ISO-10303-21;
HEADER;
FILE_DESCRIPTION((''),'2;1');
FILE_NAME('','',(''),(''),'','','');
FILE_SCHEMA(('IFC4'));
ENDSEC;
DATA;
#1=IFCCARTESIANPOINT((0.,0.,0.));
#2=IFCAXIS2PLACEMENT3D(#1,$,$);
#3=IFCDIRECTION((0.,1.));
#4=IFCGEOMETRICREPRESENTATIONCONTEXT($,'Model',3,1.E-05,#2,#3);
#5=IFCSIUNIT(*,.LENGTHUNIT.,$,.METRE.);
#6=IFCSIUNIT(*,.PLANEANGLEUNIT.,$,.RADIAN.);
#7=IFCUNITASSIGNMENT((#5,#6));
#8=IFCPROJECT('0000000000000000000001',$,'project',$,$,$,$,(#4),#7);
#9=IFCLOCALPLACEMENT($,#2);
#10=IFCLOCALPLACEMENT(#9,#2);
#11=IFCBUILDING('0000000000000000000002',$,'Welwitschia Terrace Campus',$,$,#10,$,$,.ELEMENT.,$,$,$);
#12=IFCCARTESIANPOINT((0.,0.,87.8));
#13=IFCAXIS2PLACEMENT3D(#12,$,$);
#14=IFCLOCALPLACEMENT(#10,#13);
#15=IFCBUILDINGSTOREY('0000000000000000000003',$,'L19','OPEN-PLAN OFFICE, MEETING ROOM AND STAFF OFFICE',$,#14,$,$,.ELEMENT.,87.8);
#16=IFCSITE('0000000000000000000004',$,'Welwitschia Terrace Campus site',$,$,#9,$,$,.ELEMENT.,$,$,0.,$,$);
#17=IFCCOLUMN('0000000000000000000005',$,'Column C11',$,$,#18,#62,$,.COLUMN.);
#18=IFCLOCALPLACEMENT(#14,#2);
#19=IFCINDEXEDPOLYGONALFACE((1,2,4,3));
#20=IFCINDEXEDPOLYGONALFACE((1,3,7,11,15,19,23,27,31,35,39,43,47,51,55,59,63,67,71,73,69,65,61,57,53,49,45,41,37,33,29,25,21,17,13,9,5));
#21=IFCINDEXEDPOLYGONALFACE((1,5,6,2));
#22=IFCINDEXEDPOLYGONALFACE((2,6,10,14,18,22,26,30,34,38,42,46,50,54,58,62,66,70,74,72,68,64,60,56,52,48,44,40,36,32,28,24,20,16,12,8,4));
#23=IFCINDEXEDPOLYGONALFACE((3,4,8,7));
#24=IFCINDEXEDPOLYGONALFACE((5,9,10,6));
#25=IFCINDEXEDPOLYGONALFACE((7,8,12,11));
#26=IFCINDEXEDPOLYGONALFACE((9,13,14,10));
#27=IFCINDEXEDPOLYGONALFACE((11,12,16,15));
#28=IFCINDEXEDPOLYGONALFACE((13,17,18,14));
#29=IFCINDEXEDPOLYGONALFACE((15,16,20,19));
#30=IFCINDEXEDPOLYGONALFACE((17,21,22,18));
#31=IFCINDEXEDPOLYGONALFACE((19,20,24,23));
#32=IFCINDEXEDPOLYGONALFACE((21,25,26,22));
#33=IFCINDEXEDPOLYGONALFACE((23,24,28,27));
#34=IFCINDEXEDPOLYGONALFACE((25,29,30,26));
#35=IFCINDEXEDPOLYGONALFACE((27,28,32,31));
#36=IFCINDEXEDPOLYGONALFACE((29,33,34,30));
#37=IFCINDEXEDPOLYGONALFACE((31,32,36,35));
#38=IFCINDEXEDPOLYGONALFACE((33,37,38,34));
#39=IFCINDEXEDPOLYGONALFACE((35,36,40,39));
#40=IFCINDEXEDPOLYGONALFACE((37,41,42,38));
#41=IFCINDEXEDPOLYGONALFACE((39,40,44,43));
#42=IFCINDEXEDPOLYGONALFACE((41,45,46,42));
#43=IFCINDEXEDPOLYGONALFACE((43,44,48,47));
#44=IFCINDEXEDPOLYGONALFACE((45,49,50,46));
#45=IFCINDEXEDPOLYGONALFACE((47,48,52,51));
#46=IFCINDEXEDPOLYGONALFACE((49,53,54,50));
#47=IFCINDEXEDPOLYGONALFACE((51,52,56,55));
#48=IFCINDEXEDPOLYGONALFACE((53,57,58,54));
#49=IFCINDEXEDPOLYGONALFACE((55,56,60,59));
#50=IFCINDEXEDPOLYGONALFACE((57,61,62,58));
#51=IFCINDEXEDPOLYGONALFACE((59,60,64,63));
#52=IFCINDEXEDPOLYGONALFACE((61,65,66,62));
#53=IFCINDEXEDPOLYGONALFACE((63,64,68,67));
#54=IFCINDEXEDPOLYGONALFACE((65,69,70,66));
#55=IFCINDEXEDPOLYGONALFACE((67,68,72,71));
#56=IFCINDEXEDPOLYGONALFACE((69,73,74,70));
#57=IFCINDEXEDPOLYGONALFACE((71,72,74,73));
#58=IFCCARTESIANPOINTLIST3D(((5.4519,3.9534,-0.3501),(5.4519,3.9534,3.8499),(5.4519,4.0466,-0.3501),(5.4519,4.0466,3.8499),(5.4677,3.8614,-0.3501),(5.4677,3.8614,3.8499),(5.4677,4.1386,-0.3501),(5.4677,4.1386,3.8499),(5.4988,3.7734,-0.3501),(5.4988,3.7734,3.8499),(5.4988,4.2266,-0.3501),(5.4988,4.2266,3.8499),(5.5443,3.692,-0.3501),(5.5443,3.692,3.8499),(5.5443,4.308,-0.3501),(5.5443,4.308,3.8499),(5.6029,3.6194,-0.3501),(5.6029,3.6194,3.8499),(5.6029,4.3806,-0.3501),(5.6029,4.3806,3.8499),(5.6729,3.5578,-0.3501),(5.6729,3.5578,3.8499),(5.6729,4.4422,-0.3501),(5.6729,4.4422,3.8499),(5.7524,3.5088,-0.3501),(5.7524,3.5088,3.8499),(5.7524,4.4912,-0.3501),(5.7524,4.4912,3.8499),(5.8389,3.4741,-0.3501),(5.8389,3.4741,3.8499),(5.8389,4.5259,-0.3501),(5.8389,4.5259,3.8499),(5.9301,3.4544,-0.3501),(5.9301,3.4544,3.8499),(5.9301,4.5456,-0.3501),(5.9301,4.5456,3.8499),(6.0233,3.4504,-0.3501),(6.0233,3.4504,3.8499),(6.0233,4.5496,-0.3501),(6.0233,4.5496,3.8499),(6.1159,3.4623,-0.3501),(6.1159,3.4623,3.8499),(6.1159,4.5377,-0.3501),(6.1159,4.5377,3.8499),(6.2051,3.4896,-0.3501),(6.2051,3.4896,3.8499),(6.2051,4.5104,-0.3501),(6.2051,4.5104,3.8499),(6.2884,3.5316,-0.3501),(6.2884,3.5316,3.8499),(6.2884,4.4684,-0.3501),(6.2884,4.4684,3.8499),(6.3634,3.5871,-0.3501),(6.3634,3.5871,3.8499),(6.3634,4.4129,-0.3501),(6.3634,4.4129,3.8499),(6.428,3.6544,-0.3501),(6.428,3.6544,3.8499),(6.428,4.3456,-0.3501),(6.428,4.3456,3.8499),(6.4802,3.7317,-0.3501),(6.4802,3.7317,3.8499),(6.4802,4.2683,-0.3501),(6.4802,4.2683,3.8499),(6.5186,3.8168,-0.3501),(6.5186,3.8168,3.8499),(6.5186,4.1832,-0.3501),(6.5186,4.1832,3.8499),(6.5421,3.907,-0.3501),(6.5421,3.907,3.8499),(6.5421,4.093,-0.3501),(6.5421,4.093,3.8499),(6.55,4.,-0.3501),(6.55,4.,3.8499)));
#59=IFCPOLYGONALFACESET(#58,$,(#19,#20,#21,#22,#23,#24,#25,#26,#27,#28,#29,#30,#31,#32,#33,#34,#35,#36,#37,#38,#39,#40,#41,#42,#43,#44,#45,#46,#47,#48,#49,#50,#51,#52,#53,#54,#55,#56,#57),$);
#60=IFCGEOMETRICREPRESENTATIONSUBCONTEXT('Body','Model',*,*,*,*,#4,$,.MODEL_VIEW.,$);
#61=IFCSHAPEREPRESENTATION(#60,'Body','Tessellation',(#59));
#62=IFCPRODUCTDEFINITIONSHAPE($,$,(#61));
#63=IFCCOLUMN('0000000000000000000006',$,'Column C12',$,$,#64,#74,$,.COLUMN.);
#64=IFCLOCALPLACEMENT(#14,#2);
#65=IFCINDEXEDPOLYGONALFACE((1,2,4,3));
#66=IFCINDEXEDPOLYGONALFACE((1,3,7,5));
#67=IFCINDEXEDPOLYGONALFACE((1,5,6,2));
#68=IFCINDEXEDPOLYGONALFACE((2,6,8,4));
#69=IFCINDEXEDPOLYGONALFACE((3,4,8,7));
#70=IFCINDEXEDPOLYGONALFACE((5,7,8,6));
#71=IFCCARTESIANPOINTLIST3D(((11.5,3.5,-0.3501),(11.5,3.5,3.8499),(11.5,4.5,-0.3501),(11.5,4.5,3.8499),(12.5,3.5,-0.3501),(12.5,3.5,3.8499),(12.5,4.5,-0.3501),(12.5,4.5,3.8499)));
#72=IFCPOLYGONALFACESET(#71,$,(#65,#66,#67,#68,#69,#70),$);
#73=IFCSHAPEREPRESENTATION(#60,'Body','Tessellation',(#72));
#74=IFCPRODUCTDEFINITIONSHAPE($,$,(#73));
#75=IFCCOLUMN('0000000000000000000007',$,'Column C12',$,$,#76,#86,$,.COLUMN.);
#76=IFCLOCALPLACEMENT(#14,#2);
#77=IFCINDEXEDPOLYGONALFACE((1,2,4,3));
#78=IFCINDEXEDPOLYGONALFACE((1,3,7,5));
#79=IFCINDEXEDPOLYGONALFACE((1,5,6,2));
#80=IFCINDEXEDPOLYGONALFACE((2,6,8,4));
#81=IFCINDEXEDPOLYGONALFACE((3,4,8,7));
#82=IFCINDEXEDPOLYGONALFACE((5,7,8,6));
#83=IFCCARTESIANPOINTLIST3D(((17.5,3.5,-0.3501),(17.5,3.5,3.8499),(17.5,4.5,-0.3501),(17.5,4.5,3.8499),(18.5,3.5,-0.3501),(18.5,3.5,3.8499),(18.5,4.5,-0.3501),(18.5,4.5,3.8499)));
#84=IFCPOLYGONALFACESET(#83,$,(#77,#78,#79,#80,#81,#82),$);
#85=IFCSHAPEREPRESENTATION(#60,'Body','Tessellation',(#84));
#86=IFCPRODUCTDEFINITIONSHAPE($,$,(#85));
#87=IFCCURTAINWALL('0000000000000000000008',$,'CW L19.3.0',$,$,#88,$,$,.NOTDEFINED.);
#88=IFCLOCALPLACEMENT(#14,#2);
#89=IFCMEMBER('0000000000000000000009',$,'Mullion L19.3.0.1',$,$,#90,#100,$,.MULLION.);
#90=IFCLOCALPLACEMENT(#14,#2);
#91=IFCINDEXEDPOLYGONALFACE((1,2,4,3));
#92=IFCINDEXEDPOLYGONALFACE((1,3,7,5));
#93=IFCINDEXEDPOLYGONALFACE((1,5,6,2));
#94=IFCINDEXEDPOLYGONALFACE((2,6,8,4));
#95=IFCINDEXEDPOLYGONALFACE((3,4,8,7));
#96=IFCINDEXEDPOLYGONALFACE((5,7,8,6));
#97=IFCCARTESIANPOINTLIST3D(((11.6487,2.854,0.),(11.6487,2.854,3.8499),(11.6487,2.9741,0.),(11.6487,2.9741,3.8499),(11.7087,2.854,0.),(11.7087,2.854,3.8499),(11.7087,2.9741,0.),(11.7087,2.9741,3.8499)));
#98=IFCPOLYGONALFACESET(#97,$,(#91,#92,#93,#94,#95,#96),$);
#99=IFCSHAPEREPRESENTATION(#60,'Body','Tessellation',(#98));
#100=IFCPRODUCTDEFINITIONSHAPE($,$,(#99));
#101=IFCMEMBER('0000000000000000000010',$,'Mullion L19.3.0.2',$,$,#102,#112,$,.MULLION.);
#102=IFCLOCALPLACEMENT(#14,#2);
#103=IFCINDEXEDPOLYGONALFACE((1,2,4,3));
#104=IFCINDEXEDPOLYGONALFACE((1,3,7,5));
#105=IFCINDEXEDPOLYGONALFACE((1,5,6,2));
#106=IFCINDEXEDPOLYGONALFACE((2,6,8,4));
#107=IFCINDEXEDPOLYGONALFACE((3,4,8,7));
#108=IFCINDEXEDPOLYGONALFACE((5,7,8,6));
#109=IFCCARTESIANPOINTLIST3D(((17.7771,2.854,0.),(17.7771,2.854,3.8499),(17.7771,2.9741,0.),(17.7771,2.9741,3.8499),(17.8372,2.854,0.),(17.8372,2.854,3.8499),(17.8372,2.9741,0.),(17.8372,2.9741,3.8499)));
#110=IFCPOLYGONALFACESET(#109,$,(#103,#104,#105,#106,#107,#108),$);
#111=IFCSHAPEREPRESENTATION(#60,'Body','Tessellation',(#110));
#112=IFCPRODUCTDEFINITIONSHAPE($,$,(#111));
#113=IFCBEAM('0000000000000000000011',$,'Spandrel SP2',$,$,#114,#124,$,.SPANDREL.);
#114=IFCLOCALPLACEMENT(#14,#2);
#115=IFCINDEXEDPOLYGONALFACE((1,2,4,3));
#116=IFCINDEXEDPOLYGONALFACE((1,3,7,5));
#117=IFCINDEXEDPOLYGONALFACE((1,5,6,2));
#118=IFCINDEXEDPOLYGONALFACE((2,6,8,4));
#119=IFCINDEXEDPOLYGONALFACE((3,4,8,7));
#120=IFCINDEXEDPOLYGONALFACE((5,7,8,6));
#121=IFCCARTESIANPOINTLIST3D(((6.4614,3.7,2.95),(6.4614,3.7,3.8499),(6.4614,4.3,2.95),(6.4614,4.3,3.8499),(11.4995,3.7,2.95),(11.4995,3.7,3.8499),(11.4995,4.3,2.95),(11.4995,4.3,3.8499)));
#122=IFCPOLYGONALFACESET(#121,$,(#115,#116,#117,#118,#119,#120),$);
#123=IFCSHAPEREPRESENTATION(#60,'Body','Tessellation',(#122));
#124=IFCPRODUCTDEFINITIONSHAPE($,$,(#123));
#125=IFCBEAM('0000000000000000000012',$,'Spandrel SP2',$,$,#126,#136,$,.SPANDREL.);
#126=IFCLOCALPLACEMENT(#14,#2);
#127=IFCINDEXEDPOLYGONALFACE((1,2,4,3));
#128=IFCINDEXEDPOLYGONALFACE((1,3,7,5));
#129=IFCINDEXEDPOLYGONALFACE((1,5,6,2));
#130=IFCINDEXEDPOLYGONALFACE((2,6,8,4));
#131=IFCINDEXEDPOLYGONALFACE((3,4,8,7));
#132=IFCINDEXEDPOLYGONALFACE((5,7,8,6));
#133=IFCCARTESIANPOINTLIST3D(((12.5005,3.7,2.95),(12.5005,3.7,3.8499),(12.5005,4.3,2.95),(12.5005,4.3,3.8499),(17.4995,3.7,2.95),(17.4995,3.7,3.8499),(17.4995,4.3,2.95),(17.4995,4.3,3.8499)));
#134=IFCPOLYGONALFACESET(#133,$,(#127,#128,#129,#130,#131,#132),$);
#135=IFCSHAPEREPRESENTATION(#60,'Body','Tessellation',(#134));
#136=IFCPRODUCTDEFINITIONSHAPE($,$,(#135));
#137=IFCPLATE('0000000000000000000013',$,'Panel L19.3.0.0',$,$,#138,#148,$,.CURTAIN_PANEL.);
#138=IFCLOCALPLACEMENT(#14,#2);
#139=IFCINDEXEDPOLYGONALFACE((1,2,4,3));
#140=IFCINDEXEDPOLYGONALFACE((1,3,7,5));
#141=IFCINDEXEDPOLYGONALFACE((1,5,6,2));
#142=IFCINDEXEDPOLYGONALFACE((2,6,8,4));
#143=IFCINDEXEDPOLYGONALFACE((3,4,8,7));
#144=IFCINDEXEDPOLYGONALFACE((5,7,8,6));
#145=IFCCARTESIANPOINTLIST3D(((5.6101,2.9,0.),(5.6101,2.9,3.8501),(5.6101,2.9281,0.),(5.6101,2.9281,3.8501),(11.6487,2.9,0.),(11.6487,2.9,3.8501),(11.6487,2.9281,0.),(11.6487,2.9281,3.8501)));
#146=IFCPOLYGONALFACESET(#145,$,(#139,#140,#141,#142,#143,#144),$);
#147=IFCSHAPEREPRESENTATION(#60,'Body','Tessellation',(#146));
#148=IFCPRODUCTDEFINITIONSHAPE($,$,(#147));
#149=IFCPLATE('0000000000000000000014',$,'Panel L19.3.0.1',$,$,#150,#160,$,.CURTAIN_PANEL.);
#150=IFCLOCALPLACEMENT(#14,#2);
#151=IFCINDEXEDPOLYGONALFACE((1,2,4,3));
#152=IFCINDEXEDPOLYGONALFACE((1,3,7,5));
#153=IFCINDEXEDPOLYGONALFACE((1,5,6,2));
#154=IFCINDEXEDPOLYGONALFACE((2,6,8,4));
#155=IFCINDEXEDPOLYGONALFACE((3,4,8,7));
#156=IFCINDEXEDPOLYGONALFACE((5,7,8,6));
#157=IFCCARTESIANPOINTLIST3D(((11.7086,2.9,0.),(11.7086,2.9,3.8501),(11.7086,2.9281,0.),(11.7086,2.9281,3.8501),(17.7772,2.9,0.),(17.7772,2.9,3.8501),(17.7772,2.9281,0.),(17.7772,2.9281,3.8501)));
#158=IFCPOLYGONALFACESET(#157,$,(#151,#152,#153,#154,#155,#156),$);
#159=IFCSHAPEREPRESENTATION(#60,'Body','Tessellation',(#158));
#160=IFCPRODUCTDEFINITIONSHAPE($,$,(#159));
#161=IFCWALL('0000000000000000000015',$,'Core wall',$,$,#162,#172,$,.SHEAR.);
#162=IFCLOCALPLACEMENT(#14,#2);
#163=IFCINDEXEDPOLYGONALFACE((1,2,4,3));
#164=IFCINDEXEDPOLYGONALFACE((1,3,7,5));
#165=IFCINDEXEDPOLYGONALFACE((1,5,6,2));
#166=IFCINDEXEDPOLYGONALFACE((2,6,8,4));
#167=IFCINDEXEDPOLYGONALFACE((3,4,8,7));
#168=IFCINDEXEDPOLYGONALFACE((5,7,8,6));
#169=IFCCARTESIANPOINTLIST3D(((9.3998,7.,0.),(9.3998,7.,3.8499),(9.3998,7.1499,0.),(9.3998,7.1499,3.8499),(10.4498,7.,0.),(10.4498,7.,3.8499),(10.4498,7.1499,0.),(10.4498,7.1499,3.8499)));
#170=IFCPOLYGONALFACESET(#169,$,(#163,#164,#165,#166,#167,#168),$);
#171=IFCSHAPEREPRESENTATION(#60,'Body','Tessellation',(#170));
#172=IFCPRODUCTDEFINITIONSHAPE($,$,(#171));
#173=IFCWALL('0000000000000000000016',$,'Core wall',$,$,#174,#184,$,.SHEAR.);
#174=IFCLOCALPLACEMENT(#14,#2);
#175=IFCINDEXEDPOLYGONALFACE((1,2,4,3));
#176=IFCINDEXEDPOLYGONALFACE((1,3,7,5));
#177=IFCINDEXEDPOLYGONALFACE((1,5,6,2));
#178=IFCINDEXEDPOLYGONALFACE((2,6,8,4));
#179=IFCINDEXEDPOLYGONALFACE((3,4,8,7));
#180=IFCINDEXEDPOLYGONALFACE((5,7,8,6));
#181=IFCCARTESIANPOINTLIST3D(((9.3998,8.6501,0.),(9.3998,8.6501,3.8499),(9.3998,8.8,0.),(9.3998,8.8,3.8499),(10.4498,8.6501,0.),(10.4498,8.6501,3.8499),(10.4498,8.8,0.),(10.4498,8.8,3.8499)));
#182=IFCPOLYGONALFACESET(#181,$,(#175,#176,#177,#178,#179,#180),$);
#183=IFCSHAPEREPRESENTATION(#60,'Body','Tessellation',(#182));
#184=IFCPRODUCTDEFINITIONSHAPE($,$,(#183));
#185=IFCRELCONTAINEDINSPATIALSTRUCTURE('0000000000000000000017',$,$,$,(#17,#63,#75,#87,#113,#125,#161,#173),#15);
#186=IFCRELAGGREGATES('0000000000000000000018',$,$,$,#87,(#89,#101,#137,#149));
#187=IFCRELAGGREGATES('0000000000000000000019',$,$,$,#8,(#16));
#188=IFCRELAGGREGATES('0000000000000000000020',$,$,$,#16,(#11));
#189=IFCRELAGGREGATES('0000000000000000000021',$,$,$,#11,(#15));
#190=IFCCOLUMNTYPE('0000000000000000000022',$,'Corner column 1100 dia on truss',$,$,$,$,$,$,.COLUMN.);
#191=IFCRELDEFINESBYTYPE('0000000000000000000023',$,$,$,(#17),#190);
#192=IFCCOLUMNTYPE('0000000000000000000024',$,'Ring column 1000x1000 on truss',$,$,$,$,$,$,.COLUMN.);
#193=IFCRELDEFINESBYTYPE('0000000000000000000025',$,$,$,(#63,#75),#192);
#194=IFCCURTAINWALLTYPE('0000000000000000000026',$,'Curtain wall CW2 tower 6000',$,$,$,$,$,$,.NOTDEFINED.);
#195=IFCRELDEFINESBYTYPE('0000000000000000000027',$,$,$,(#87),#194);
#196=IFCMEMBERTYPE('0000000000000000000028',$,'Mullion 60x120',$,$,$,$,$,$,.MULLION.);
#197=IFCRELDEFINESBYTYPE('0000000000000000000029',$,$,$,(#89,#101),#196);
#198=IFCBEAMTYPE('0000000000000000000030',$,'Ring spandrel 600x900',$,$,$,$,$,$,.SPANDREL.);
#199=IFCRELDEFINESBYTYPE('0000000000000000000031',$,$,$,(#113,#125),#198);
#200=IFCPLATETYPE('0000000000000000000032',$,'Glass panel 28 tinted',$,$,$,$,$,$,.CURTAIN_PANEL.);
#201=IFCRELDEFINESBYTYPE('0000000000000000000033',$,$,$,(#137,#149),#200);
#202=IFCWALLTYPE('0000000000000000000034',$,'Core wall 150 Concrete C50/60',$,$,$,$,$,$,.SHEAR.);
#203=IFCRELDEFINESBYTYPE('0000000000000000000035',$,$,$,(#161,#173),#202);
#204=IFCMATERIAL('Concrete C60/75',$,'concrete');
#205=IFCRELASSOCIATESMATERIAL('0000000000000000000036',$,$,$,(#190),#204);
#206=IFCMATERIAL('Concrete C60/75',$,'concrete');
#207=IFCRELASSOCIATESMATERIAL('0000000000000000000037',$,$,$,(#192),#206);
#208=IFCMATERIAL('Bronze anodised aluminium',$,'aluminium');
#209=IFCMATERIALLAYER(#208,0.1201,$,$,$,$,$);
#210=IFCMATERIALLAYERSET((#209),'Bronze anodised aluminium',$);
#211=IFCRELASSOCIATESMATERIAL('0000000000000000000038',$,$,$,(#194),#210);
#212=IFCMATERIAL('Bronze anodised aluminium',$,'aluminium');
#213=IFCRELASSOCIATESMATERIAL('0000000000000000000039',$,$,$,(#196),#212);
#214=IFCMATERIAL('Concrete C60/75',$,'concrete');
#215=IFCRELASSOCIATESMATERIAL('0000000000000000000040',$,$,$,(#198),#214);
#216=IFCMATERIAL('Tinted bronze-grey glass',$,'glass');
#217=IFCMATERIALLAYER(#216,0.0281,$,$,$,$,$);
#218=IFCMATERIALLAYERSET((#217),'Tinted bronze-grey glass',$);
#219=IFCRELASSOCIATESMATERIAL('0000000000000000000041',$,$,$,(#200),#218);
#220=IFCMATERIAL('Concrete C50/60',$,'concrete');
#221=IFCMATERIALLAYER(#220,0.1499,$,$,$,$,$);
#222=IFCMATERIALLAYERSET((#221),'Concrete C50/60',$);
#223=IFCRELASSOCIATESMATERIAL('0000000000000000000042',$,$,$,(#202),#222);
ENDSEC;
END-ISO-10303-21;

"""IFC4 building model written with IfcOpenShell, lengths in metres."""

from ifc_helpers import new_model, si_unit, direction, frame, frame_2d, origin, origin_2d, place, context, subcontext, project, spatial, rectangle, circle, extrude, material, layer, layer_set, material_profile, profile_set, type_object, element, aggregate, save


model = new_model("IFC4")

# Units and contexts
model_context = context("Model", 3, precision=1e-05, world=origin(), true_north=direction((0.0, 1.0)))
body_context = subcontext(model_context, "Body", "Model", "MODEL_VIEW")
ifc_project = project(units=[si_unit("LENGTHUNIT", "METRE"), si_unit("PLANEANGLEUNIT", "RADIAN")], contexts=[model_context])

# Site, building, storey
site_placement = place(None, origin())
site = spatial("IfcSite", under=ifc_project, at=site_placement, Name="Welwitschia Terrace Campus site", CompositionType="ELEMENT", RefElevation=0.0)
building_placement = place(site_placement, origin())
building = spatial("IfcBuilding", under=site, at=building_placement, Name="Welwitschia Terrace Campus", CompositionType="ELEMENT")
storey_placement = place(building_placement, frame((0.0, 0.0, 87.8)))
storey = spatial("IfcBuildingStorey", under=building, at=storey_placement, Name="L19", Description="OPEN-PLAN OFFICE, MEETING ROOM AND STAFF OFFICE", CompositionType="ELEMENT", Elevation=87.8)

# Columns
ifc_material_1 = material(Name="Concrete C60/75", Category="concrete")
ifc_material_profile_1 = material_profile(ifc_material_1, circle(Radius=0.55, at=origin_2d()))
ifc_profile_set_1 = profile_set([ifc_material_profile_1], Name="Concrete C60/75")
column_type_1 = type_object("IfcColumnType", Name="Corner column 1100 dia on truss", PredefinedType="COLUMN", material=ifc_profile_set_1)
column_placement = place(storey_placement, frame((6.0, 4.0, -0.3501), z_axis=(0.0, 0.0, 1.0), x_axis=(1.0, 0.0, 0.0)))
element("IfcColumn", 1, at=column_placement, inside=storey, type_object=column_type_1, Name="Column C11", PredefinedType="COLUMN", context=body_context, shape_type="SweptSolid", body=[
    extrude(circle(Radius=0.55, at=origin_2d()), origin(), (0.0, 0.0, 1.0), 4.2),
])
ifc_material_2 = material(Name="Concrete C60/75", Category="concrete")
ifc_material_profile_2 = material_profile(ifc_material_2, rectangle(XDim=1.0, YDim=1.0, at=origin_2d()))
ifc_profile_set_2 = profile_set([ifc_material_profile_2], Name="Concrete C60/75")
column_type_2 = type_object("IfcColumnType", Name="Ring column 1000x1000 on truss", PredefinedType="COLUMN", material=ifc_profile_set_2)
for number, where, z_axis, x_axis, name in (
    (2, (12.0, 4.0, -0.3501), (0.0, 0.0, 1.0), (1.0, 0.0, 0.0), "Column C12"),
    (3, (18.0, 4.0, -0.3501), (0.0, 0.0, 1.0), (1.0, 0.0, 0.0), "Column C12"),
):
    element("IfcColumn", number, at=place(storey_placement, frame(where, z_axis=z_axis, x_axis=x_axis)), inside=storey, type_object=column_type_2, Name=name, PredefinedType="COLUMN", context=body_context, shape_type="SweptSolid", body=[
        extrude(rectangle(XDim=1.0, YDim=1.0, at=origin_2d()), origin(), (0.0, 0.0, 1.0), 4.2),
    ])

# Curtain wall, members
ifc_material_3 = material(Name="Bronze anodised aluminium", Category="aluminium")
ifc_layer_1 = layer(ifc_material_3, 0.1201)
ifc_layer_set_1 = layer_set([ifc_layer_1], Name="Bronze anodised aluminium")
curtain_wall_type = type_object("IfcCurtainWallType", Name="Curtain wall CW2 tower 6000", PredefinedType="NOTDEFINED", material=ifc_layer_set_1)
curtain_wall_placement = place(storey_placement, origin())
curtain_wall = element("IfcCurtainWall", 4, at=curtain_wall_placement, inside=storey, type_object=curtain_wall_type, Name="CW L19.3.0", PredefinedType="NOTDEFINED")
ifc_material_4 = material(Name="Bronze anodised aluminium", Category="aluminium")
ifc_material_profile_3 = material_profile(ifc_material_4, rectangle(XDim=0.1201, YDim=0.0601, at=origin_2d()))
ifc_profile_set_3 = profile_set([ifc_material_profile_3], Name="Bronze anodised aluminium")
member_type = type_object("IfcMemberType", Name="Mullion 60x120", PredefinedType="MULLION", material=ifc_profile_set_3)
member_1_placement = place(storey_placement, frame((11.6787, 2.9141, 0.0), z_axis=(0.0, 0.0, 1.0), x_axis=(0.0, 1.0, 0.0)))
member_1 = element("IfcMember", 5, at=member_1_placement, type_object=member_type, Name="Mullion L19.3.0.1", PredefinedType="MULLION", context=body_context, shape_type="SweptSolid", body=[
    extrude(rectangle(XDim=0.1201, YDim=0.0601, at=origin_2d()), origin(), (0.0, 0.0, 1.0), 3.8499),
])
member_2_placement = place(storey_placement, frame((17.8071, 2.9141, 0.0), z_axis=(0.0, 0.0, 1.0), x_axis=(0.0, 1.0, 0.0)))
member_2 = element("IfcMember", 6, at=member_2_placement, type_object=member_type, Name="Mullion L19.3.0.2", PredefinedType="MULLION", context=body_context, shape_type="SweptSolid", body=[
    extrude(rectangle(XDim=0.1201, YDim=0.0601, at=origin_2d()), origin(), (0.0, 0.0, 1.0), 3.8499),
])

# Beams
ifc_material_5 = material(Name="Concrete C60/75", Category="concrete")
ifc_material_profile_4 = material_profile(ifc_material_5, rectangle(XDim=0.6001, YDim=0.8999, at=origin_2d()))
ifc_profile_set_4 = profile_set([ifc_material_profile_4], Name="Concrete C60/75")
beam_type = type_object("IfcBeamType", Name="Ring spandrel 600x900", PredefinedType="SPANDREL", material=ifc_profile_set_4)
beam_1_placement = place(storey_placement, frame((6.4614, 4.0, 3.3999), z_axis=(1.0, 0.0, 0.0), x_axis=(0.0, 1.0, 0.0)))
element("IfcBeam", 7, at=beam_1_placement, inside=storey, type_object=beam_type, Name="Spandrel SP2", PredefinedType="SPANDREL", context=body_context, shape_type="SweptSolid", body=[
    extrude(rectangle(XDim=0.6001, YDim=0.8999, at=origin_2d()), origin(), (0.0, 0.0, 1.0), 5.0381),
])
beam_2_placement = place(storey_placement, frame((12.5005, 4.0, 3.3999), z_axis=(1.0, 0.0, 0.0), x_axis=(0.0, 1.0, 0.0)))
element("IfcBeam", 8, at=beam_2_placement, inside=storey, type_object=beam_type, Name="Spandrel SP2", PredefinedType="SPANDREL", context=body_context, shape_type="SweptSolid", body=[
    extrude(rectangle(XDim=0.6001, YDim=0.8999, at=origin_2d()), origin(), (0.0, 0.0, 1.0), 4.999),
])

# Plates
ifc_material_6 = material(Name="Tinted bronze-grey glass", Category="glass")
ifc_layer_2 = layer(ifc_material_6, 0.0281)
ifc_layer_set_2 = layer_set([ifc_layer_2], Name="Tinted bronze-grey glass")
plate_type = type_object("IfcPlateType", Name="Glass panel 28 tinted", PredefinedType="CURTAIN_PANEL", material=ifc_layer_set_2)
plate_1_placement = place(storey_placement, frame((8.6294, 2.9141, 0.0), z_axis=(0.0, 0.0, 1.0), x_axis=(1.0, 0.0, 0.0)))
plate_1 = element("IfcPlate", 9, at=plate_1_placement, type_object=plate_type, Name="Panel L19.3.0.0", PredefinedType="CURTAIN_PANEL", context=body_context, shape_type="SweptSolid", body=[
    extrude(rectangle(XDim=6.0386, YDim=0.0281, at=origin_2d()), origin(), (0.0, 0.0, 1.0), 3.8501),
])
plate_2_placement = place(storey_placement, frame((14.7429, 2.9141, 0.0), z_axis=(0.0, 0.0, 1.0), x_axis=(1.0, 0.0, 0.0)))
plate_2 = element("IfcPlate", 10, at=plate_2_placement, type_object=plate_type, Name="Panel L19.3.0.1", PredefinedType="CURTAIN_PANEL", context=body_context, shape_type="SweptSolid", body=[
    extrude(rectangle(XDim=6.0686, YDim=0.0281, at=origin_2d()), origin(), (0.0, 0.0, 1.0), 3.8501),
])
aggregate(curtain_wall, [member_1, member_2, plate_1, plate_2])

# Walls
ifc_material_7 = material(Name="Concrete C50/60", Category="concrete")
ifc_layer_3 = layer(ifc_material_7, 0.1499)
ifc_layer_set_3 = layer_set([ifc_layer_3], Name="Concrete C50/60")
wall_type_1 = type_object("IfcWallType", Name="Core wall 150 Concrete C50/60", PredefinedType="SHEAR", material=ifc_layer_set_3)
for number, where, z_axis, x_axis, name in (
    (11, (9.3999, 7.075, 0.0), (0.0, 0.0, 1.0), (1.0, 0.0, 0.0), "Core wall"),
    (12, (9.3999, 8.7251, 0.0), (0.0, 0.0, 1.0), (1.0, 0.0, 0.0), "Core wall"),
):
    element("IfcWall", number, at=place(storey_placement, frame(where, z_axis=z_axis, x_axis=x_axis)), inside=storey, type_object=wall_type_1, Name=name, PredefinedType="SHEAR", context=body_context, shape_type="SweptSolid", body=[
        extrude(rectangle(XDim=1.05, YDim=0.1499, at=frame_2d((0.5249, 0.0))), origin(), (0.0, 0.0, 1.0), 3.8499),
    ])

save(model, "model.ifc")
